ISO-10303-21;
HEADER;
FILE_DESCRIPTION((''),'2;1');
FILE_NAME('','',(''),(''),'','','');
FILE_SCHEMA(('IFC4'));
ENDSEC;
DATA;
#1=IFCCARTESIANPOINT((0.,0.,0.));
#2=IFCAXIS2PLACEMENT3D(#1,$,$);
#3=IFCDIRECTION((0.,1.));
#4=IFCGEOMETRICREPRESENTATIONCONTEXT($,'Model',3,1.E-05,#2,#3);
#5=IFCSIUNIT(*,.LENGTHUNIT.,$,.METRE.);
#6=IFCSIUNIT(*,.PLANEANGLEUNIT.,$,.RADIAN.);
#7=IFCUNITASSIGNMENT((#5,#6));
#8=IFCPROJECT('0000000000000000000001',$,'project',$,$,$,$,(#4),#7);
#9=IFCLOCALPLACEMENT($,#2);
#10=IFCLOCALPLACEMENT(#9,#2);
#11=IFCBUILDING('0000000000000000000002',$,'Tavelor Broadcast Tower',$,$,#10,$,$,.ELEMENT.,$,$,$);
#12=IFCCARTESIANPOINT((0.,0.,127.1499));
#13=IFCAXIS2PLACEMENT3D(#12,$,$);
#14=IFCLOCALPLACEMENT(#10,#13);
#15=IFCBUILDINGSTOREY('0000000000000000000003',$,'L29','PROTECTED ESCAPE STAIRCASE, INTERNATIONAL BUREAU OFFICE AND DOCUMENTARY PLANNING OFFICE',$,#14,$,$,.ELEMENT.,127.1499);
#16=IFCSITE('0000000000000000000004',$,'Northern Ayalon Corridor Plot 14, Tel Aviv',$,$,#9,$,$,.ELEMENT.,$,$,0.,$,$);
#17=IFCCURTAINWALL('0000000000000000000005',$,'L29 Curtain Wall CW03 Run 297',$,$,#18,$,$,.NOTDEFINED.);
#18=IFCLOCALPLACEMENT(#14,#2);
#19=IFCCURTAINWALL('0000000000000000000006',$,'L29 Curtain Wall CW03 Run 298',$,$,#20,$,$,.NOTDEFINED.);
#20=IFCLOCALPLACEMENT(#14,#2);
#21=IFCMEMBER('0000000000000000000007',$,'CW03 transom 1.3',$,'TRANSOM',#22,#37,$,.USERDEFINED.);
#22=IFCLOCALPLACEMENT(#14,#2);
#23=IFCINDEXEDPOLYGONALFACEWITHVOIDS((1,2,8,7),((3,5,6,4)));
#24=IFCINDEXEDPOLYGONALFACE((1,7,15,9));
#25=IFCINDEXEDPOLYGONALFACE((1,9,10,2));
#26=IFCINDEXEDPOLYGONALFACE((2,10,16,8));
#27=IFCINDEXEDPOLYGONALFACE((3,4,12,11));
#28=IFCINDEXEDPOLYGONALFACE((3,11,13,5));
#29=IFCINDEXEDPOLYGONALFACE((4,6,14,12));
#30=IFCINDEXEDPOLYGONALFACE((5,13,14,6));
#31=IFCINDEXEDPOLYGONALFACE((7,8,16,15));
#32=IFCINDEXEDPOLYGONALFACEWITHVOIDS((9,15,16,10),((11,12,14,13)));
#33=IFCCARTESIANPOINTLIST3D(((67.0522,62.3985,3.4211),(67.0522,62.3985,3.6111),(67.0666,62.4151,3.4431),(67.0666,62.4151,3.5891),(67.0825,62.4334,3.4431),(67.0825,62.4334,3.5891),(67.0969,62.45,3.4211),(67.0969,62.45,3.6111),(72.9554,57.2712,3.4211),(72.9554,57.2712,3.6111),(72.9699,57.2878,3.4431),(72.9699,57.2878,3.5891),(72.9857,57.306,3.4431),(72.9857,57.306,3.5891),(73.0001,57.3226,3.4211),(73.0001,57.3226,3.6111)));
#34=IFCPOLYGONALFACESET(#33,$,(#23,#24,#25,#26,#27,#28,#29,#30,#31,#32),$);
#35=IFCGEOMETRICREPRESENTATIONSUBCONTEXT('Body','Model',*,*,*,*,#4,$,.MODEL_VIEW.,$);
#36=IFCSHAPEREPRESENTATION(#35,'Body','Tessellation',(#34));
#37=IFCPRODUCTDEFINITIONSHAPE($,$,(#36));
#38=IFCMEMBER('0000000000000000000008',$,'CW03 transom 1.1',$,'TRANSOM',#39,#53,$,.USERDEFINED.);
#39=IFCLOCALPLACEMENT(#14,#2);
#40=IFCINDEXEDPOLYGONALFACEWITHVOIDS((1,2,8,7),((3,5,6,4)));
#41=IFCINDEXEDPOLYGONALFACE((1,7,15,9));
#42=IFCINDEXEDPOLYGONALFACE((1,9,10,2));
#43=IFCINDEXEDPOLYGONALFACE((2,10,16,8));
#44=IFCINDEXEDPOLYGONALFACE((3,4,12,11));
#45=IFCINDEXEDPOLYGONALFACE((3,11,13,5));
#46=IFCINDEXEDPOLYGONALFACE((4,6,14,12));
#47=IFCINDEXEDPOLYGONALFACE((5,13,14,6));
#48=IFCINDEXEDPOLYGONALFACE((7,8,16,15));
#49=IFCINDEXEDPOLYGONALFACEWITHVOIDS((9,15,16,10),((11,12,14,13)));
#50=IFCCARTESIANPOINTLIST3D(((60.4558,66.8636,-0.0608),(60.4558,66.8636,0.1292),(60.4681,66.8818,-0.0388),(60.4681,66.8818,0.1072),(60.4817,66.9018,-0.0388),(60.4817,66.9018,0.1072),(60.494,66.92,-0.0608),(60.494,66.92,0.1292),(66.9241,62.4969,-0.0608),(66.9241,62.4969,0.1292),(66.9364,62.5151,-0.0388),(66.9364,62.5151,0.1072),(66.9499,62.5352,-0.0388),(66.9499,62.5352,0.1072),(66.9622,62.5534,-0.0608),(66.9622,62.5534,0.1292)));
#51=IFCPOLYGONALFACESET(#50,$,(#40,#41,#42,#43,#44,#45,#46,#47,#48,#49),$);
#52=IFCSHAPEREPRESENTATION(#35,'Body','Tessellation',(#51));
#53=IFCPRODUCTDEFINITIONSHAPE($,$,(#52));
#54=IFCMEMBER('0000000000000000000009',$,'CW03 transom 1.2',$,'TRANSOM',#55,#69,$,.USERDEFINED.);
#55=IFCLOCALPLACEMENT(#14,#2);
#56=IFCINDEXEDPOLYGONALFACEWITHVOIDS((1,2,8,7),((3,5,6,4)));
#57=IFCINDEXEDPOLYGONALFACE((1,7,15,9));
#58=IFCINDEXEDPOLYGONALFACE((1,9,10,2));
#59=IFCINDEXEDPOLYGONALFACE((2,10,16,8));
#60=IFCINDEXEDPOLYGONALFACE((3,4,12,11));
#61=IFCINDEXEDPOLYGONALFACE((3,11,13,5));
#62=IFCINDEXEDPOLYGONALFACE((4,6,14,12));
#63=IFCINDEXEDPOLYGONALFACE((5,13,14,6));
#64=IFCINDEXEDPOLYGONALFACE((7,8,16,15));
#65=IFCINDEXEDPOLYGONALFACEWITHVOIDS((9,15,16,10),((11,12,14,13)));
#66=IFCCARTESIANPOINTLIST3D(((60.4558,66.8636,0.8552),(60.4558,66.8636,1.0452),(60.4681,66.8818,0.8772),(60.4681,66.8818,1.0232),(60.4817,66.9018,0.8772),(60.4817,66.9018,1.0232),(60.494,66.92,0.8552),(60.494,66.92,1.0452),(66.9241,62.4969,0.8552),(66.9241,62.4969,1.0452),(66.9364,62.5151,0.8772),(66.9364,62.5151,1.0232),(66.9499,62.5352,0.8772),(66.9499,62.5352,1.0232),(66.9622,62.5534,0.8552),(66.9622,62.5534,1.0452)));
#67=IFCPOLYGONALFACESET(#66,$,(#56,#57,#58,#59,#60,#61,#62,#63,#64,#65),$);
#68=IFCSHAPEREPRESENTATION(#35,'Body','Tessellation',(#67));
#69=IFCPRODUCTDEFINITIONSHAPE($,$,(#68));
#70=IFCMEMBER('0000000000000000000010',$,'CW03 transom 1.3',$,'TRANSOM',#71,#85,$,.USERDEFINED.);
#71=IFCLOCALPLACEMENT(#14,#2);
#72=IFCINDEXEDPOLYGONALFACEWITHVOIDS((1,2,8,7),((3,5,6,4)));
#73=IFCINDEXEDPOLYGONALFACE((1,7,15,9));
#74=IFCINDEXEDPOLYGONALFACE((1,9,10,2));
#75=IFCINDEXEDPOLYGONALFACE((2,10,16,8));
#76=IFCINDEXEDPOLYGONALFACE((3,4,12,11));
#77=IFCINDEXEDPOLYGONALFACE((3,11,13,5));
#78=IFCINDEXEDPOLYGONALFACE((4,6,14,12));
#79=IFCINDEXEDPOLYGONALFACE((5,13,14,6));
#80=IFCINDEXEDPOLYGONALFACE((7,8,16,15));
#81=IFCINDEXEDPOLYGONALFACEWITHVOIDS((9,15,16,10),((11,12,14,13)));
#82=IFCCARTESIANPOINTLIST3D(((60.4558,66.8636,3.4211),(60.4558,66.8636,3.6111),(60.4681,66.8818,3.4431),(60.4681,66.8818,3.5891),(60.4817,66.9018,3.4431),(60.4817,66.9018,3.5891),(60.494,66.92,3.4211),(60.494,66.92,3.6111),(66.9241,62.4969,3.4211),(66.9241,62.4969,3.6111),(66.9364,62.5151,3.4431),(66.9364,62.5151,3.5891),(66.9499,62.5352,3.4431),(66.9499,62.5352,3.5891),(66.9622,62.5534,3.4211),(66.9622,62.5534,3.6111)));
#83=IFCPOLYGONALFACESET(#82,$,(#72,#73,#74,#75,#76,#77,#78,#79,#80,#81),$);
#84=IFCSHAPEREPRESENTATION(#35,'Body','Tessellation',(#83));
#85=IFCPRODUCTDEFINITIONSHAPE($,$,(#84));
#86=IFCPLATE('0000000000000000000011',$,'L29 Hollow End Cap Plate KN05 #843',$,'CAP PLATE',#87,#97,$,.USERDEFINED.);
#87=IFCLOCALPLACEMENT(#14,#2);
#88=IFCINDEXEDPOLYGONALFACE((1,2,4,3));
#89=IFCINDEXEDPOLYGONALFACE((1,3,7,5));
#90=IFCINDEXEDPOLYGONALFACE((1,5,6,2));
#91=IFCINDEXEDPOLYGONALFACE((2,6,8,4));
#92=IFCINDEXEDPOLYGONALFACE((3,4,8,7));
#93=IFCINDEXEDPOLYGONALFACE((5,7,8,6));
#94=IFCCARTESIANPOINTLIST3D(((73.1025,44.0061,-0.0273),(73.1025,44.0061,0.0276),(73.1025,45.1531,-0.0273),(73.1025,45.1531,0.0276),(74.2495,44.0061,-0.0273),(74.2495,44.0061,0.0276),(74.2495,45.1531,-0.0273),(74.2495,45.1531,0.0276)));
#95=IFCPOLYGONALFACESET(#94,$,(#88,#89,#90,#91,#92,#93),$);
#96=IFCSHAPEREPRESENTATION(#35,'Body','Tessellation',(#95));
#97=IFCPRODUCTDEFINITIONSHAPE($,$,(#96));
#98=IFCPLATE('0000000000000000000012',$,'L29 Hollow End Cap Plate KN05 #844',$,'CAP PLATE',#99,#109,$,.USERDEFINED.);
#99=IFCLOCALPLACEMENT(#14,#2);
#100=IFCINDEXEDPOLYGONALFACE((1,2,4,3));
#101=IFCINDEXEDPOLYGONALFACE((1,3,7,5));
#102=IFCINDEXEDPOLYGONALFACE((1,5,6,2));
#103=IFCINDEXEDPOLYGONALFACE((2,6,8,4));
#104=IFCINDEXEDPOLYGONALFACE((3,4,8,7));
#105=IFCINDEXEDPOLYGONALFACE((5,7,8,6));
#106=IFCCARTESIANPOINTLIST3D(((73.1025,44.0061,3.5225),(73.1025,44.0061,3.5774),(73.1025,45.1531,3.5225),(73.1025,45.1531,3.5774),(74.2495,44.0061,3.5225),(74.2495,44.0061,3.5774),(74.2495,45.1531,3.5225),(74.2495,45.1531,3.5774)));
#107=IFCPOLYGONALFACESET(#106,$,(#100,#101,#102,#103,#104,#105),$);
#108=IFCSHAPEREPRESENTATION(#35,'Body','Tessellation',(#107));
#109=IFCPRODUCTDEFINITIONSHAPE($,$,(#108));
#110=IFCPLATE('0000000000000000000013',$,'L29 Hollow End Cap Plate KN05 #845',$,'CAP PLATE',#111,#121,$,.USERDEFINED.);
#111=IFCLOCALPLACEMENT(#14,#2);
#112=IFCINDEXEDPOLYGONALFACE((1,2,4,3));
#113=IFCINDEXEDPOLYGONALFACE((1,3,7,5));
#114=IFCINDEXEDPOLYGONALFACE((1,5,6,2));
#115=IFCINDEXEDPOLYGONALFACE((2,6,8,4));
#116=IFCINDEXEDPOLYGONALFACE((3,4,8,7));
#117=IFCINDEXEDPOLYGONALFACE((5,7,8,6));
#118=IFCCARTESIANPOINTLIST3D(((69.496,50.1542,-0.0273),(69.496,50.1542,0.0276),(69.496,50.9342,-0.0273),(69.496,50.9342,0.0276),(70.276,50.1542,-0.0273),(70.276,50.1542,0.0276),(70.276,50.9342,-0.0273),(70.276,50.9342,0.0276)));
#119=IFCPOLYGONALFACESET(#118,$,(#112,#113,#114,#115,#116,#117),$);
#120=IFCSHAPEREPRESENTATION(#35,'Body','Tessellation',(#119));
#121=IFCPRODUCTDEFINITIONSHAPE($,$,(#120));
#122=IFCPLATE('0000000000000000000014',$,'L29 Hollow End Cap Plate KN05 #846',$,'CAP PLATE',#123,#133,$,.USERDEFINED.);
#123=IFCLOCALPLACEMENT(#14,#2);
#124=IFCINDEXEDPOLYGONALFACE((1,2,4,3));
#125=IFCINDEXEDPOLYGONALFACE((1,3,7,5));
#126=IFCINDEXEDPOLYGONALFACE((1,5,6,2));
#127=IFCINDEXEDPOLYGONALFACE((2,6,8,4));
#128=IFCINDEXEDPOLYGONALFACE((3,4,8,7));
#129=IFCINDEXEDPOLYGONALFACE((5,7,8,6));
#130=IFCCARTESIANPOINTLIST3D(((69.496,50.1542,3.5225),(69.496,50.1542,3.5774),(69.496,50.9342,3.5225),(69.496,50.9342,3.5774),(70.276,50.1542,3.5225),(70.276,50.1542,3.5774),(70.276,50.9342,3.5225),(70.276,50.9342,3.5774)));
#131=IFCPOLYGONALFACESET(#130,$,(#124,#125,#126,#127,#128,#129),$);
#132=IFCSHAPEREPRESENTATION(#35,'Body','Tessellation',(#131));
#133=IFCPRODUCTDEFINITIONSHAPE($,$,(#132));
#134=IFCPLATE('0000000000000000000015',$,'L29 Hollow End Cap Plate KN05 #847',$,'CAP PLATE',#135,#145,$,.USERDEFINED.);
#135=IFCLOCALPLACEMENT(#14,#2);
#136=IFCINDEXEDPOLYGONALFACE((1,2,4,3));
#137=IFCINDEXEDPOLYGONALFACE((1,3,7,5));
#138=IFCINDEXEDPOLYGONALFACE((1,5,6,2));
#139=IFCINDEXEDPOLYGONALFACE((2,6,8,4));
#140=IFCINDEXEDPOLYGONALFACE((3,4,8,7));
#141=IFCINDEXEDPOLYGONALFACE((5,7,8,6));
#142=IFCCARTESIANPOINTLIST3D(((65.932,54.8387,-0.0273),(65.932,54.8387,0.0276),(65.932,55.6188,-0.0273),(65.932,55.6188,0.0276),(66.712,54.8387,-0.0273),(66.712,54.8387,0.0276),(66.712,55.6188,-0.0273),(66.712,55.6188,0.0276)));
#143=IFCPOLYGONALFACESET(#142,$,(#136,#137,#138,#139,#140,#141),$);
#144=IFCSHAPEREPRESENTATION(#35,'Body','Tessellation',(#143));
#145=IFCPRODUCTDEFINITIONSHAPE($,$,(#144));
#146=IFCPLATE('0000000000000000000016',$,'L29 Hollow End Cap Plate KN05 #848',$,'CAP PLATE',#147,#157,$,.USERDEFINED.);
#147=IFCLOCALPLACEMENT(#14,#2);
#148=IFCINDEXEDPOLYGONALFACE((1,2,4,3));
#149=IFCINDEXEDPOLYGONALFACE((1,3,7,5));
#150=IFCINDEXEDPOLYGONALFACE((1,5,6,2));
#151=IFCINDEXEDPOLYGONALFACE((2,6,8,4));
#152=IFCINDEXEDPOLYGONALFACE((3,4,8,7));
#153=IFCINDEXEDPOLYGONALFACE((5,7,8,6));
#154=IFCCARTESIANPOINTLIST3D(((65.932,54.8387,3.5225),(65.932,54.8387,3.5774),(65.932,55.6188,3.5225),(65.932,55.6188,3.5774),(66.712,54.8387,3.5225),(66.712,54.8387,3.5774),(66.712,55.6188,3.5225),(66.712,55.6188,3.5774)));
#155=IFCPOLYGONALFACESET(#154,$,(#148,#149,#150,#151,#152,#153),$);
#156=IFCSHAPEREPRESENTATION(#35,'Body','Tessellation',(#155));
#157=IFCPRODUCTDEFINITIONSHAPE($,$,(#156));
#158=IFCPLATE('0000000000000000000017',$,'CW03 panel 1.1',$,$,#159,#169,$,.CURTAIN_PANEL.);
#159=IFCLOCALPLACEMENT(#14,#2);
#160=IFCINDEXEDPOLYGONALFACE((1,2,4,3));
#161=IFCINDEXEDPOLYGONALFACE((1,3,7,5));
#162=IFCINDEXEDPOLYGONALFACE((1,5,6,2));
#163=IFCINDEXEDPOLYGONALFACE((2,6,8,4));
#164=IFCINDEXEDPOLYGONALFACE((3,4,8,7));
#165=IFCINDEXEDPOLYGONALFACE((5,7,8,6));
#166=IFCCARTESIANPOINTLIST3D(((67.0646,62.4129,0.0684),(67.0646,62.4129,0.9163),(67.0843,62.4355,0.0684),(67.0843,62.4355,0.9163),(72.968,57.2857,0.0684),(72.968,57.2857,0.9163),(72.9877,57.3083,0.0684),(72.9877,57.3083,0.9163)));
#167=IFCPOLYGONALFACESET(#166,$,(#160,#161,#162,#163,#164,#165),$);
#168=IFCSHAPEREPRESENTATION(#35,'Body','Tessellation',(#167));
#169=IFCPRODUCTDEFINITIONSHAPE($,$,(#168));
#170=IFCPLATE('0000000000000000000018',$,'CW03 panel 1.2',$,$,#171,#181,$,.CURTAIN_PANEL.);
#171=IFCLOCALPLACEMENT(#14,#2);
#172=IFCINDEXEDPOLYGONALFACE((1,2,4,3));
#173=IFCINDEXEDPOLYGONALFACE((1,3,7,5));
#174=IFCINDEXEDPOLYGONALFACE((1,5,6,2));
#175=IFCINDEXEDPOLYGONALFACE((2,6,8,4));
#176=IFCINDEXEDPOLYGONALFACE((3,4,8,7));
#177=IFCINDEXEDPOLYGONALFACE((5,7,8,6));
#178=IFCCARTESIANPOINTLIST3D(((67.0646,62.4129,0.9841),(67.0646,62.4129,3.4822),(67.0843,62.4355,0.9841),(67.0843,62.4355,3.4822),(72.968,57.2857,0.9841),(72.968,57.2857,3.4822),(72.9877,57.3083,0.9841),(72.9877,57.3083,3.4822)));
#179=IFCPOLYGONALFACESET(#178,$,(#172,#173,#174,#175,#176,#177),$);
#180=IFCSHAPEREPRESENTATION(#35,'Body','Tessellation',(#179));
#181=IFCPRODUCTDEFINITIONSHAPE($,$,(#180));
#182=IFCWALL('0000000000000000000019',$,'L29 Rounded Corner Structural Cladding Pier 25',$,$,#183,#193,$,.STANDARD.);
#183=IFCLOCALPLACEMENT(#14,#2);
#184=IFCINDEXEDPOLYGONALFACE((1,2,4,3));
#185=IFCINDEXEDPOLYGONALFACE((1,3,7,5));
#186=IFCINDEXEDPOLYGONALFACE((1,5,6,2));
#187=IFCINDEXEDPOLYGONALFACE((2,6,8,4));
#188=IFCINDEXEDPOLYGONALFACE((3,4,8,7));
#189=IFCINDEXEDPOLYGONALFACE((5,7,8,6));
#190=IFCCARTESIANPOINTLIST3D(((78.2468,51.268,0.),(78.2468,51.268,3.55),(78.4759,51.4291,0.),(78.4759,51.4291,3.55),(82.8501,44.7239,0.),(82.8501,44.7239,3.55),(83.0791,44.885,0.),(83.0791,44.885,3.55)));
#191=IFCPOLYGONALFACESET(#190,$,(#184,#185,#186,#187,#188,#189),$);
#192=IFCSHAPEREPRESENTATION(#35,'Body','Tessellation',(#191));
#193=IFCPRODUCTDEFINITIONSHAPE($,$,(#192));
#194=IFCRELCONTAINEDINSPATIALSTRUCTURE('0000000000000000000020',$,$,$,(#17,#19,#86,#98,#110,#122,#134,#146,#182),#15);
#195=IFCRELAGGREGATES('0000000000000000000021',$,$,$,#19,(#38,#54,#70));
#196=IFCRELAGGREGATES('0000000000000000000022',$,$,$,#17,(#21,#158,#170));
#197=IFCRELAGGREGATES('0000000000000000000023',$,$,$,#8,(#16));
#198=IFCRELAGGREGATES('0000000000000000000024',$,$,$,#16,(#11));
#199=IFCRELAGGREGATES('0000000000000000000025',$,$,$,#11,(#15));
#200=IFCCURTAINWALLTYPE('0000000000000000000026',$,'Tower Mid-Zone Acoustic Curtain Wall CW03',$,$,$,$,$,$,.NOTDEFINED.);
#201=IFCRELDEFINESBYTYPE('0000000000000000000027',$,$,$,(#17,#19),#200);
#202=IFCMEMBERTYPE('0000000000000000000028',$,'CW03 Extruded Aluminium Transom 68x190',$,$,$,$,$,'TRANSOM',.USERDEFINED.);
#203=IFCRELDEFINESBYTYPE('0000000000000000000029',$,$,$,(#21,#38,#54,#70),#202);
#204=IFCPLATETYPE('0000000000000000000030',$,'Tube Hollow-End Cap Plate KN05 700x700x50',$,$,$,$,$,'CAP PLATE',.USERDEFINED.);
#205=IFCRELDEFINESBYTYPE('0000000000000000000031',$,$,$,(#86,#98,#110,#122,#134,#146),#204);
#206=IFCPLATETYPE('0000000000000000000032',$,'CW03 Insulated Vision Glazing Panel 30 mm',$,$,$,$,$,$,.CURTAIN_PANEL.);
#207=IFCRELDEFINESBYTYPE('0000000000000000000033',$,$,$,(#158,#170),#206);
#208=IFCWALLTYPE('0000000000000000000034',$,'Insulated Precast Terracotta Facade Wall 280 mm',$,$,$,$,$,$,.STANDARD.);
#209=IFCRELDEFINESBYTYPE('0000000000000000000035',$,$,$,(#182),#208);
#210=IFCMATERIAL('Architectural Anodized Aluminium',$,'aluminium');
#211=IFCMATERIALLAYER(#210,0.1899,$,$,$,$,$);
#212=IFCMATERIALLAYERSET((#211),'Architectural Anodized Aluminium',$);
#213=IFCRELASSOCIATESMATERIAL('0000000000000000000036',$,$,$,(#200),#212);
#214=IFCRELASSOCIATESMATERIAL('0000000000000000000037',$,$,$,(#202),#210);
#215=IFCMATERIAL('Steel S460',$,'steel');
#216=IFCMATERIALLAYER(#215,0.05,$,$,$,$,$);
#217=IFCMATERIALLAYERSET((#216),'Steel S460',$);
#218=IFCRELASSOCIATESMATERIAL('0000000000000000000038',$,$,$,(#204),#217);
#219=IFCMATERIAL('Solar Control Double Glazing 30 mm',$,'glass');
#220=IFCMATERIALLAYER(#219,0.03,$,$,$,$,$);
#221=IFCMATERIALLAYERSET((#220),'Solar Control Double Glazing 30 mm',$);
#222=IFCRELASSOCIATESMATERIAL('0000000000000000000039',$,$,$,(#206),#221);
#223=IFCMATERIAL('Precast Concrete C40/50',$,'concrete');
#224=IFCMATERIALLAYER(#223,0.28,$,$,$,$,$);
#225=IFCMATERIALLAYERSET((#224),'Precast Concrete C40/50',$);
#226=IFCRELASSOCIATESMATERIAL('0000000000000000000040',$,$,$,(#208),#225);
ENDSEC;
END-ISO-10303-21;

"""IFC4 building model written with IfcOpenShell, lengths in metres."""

from ifc_helpers import new_model, si_unit, direction, frame, frame_2d, origin, origin_2d, place, context, subcontext, project, spatial, rectangle, hollow_rectangle, extrude, source, transform, mapped, material, layer, layer_set, material_profile, profile_set, type_object, type_shapes, element, aggregate, save


model = new_model("IFC4")

# Units and contexts
model_context = context("Model", 3, precision=1e-05, world=origin(), true_north=direction((0.0, 1.0)))
body_context = subcontext(model_context, "Body", "Model", "MODEL_VIEW")
ifc_project = project(units=[si_unit("LENGTHUNIT", "METRE"), si_unit("PLANEANGLEUNIT", "RADIAN")], contexts=[model_context])

# Site, building, storey
site_placement = place(None, origin())
site = spatial("IfcSite", under=ifc_project, at=site_placement, Name="Northern Ayalon Corridor Plot 14, Tel Aviv", CompositionType="ELEMENT", RefElevation=0.0)
building_placement = place(site_placement, origin())
building = spatial("IfcBuilding", under=site, at=building_placement, Name="Tavelor Broadcast Tower", CompositionType="ELEMENT")
storey_placement = place(building_placement, frame((0.0, 0.0, 127.1499)))
storey = spatial("IfcBuildingStorey", under=building, at=storey_placement, Name="L29", Description="PROTECTED ESCAPE STAIRCASE, INTERNATIONAL BUREAU OFFICE AND DOCUMENTARY PLANNING OFFICE", CompositionType="ELEMENT", Elevation=127.1499)

# Shared definitions
ifc_material_1 = material(Name="Steel S460", Category="steel")

# Curtain wall
ifc_material_2 = material(Name="Architectural Anodized Aluminium", Category="aluminium")
ifc_layer_1 = layer(ifc_material_2, 0.1899)
ifc_layer_set_1 = layer_set([ifc_layer_1], Name="Architectural Anodized Aluminium")
curtain_wall_type = type_object("IfcCurtainWallType", Name="Tower Mid-Zone Acoustic Curtain Wall CW03", PredefinedType="NOTDEFINED", material=ifc_layer_set_1)
curtain_wall_1_placement = place(storey_placement, origin())
curtain_wall_1 = element("IfcCurtainWall", 1, at=curtain_wall_1_placement, inside=storey, type_object=curtain_wall_type, Name="L29 Curtain Wall CW03 Run 297", PredefinedType="NOTDEFINED")

# Curtain wall
curtain_wall_2_placement = place(storey_placement, origin())
curtain_wall_2 = element("IfcCurtainWall", 2, at=curtain_wall_2_placement, inside=storey, type_object=curtain_wall_type, Name="L29 Curtain Wall CW03 Run 298", PredefinedType="NOTDEFINED")

# Members
ifc_material_profile_1 = material_profile(ifc_material_2, hollow_rectangle(XDim=0.0681, YDim=0.1899, WallThickness=0.022, at=origin_2d()), Name="RHS 68x190x22")
ifc_profile_set_1 = profile_set([ifc_material_profile_1], Name="Architectural Anodized Aluminium")
member_type_1 = type_object("IfcMemberType", Name="CW03 Extruded Aluminium Transom 68x190", ElementType="TRANSOM", PredefinedType="USERDEFINED", material=ifc_profile_set_1)
shared_shape_1 = source(origin(), body_context, "Body", "SweptSolid", [
    extrude(hollow_rectangle(XDim=0.0681, YDim=0.1899, WallThickness=0.022, at=origin_2d()), origin(), (0.0, 0.0, 1.0), 7.8191),
])
member_1_placement = place(storey_placement, frame((72.9778, 57.2969, 3.5161), z_axis=(-0.754978, 0.65575, 0.0), x_axis=(-0.65575, -0.754978, 0.0)))
member_1 = element("IfcMember", 3, at=member_1_placement, type_object=member_type_1, Name="CW03 transom 1.3", ObjectType="TRANSOM", PredefinedType="USERDEFINED", context=body_context, shape_type="MappedRepresentation", body=[
    mapped(shared_shape_1, transform((0.0, 0.0, 0.0), scale=1.0)),
])
shared_shape_2 = source(origin(), body_context, "Body", "SweptSolid", [
    extrude(hollow_rectangle(XDim=0.0681, YDim=0.1899, WallThickness=0.022, at=origin_2d()), origin(), (0.0, 0.0, 1.0), 7.8042),
])
type_shapes(member_type_1, [shared_shape_1, shared_shape_2])
member_2_placement = place(storey_placement, frame((66.9431, 62.5251, 0.0342), z_axis=(-0.828812, 0.559528, 0.0), x_axis=(-0.559528, -0.828812, 0.0)))
member_2 = element("IfcMember", 4, at=member_2_placement, type_object=member_type_1, Name="CW03 transom 1.1", ObjectType="TRANSOM", PredefinedType="USERDEFINED", context=body_context, shape_type="MappedRepresentation", body=[
    mapped(shared_shape_2, transform((0.0, 0.0, 0.0), scale=1.0)),
])
member_3_placement = place(storey_placement, frame((66.9431, 62.5251, 0.9502), z_axis=(-0.828812, 0.559528, 0.0), x_axis=(-0.559528, -0.828812, 0.0)))
member_3 = element("IfcMember", 5, at=member_3_placement, type_object=member_type_1, Name="CW03 transom 1.2", ObjectType="TRANSOM", PredefinedType="USERDEFINED", context=body_context, shape_type="MappedRepresentation", body=[
    mapped(shared_shape_2, transform((0.0, 0.0, 0.0), scale=1.0)),
])
member_4_placement = place(storey_placement, frame((66.9431, 62.5251, 3.5161), z_axis=(-0.828812, 0.559528, 0.0), x_axis=(-0.559528, -0.828812, 0.0)))
member_4 = element("IfcMember", 6, at=member_4_placement, type_object=member_type_1, Name="CW03 transom 1.3", ObjectType="TRANSOM", PredefinedType="USERDEFINED", context=body_context, shape_type="MappedRepresentation", body=[
    mapped(shared_shape_2, transform((0.0, 0.0, 0.0), scale=1.0)),
])
aggregate(curtain_wall_2, [member_2, member_3, member_4])

# Plates
ifc_layer_2 = layer(ifc_material_1, 0.05)
ifc_layer_set_2 = layer_set([ifc_layer_2], Name="Steel S460")
plate_type_1 = type_object("IfcPlateType", Name="Tube Hollow-End Cap Plate KN05 700x700x50", ElementType="CAP PLATE", PredefinedType="USERDEFINED", material=ifc_layer_set_2)
shared_shape_3 = source(origin(), body_context, "Body", "SweptSolid", [
    extrude(rectangle(XDim=1.147, YDim=1.147, at=origin_2d()), origin(), (0.0, 0.0, 1.0), 0.0549),
])
for number, where, z_axis, x_axis, name in (
    (7, (73.676, 44.5796, -0.0273), (0.0, 0.0, 1.0), (1.0, 0.0, 0.0), "L29 Hollow End Cap Plate KN05 #843"),
    (8, (73.676, 44.5796, 3.5225), (0.0, 0.0, 1.0), (1.0, 0.0, 0.0), "L29 Hollow End Cap Plate KN05 #844"),
):
    element("IfcPlate", number, at=place(storey_placement, frame(where, z_axis=z_axis, x_axis=x_axis)), inside=storey, type_object=plate_type_1, Name=name, ObjectType="CAP PLATE", PredefinedType="USERDEFINED", context=body_context, shape_type="MappedRepresentation", body=[
        mapped(shared_shape_3, transform((0.0, 0.0, 0.0), scale=1.0)),
    ])
shared_shape_4 = source(origin(), body_context, "Body", "SweptSolid", [
    extrude(rectangle(XDim=0.78, YDim=0.78, at=origin_2d()), origin(), (0.0, 0.0, 1.0), 0.0549),
])
type_shapes(plate_type_1, [shared_shape_3, shared_shape_4])
for number, where, z_axis, x_axis, name in (
    (9, (69.886, 50.5442, -0.0273), (0.0, 0.0, 1.0), (1.0, 0.0, 0.0), "L29 Hollow End Cap Plate KN05 #845"),
    (10, (69.886, 50.5442, 3.5225), (0.0, 0.0, 1.0), (1.0, 0.0, 0.0), "L29 Hollow End Cap Plate KN05 #846"),
    (11, (66.322, 55.2288, -0.0273), (0.0, 0.0, 1.0), (1.0, 0.0, 0.0), "L29 Hollow End Cap Plate KN05 #847"),
    (12, (66.322, 55.2288, 3.5225), (0.0, 0.0, 1.0), (1.0, 0.0, 0.0), "L29 Hollow End Cap Plate KN05 #848"),
):
    element("IfcPlate", number, at=place(storey_placement, frame(where, z_axis=z_axis, x_axis=x_axis)), inside=storey, type_object=plate_type_1, Name=name, ObjectType="CAP PLATE", PredefinedType="USERDEFINED", context=body_context, shape_type="MappedRepresentation", body=[
        mapped(shared_shape_4, transform((0.0, 0.0, 0.0), scale=1.0)),
    ])

# Plates
ifc_material_3 = material(Name="Solar Control Double Glazing 30 mm", Category="glass")
ifc_layer_3 = layer(ifc_material_3, 0.03)
ifc_layer_set_3 = layer_set([ifc_layer_3], Name="Solar Control Double Glazing 30 mm")
plate_type_2 = type_object("IfcPlateType", Name="CW03 Insulated Vision Glazing Panel 30 mm", PredefinedType="CURTAIN_PANEL", material=ifc_layer_set_3)
shared_shape_5 = source(origin(), body_context, "Body", "SweptSolid", [
    extrude(rectangle(XDim=7.8191, YDim=0.03, at=origin_2d()), origin(), (0.0, 0.0, 1.0), 0.8479),
])
plate_1_placement = place(storey_placement, frame((70.0261, 59.8606, 0.0684), z_axis=(0.0, 0.0, 1.0), x_axis=(-0.754997, 0.655728, 0.0)))
plate_1 = element("IfcPlate", 13, at=plate_1_placement, type_object=plate_type_2, Name="CW03 panel 1.1", PredefinedType="CURTAIN_PANEL", context=body_context, shape_type="MappedRepresentation", body=[
    mapped(shared_shape_5, transform((0.0, 0.0, 0.0), scale=1.0)),
])
shared_shape_6 = source(origin(), body_context, "Body", "SweptSolid", [
    extrude(rectangle(XDim=7.8191, YDim=0.03, at=origin_2d()), origin(), (0.0, 0.0, 1.0), 2.498),
])
type_shapes(plate_type_2, [shared_shape_5, shared_shape_6])
plate_2_placement = place(storey_placement, frame((70.0261, 59.8606, 0.9841), z_axis=(0.0, 0.0, 1.0), x_axis=(-0.754997, 0.655728, 0.0)))
plate_2 = element("IfcPlate", 14, at=plate_2_placement, type_object=plate_type_2, Name="CW03 panel 1.2", PredefinedType="CURTAIN_PANEL", context=body_context, shape_type="MappedRepresentation", body=[
    mapped(shared_shape_6, transform((0.0, 0.0, 0.0), scale=1.0)),
])
aggregate(curtain_wall_1, [member_1, plate_1, plate_2])

# Wall
ifc_material_4 = material(Name="Precast Concrete C40/50", Category="concrete")
ifc_layer_4 = layer(ifc_material_4, 0.28)
ifc_layer_set_4 = layer_set([ifc_layer_4], Name="Precast Concrete C40/50")
wall_type = type_object("IfcWallType", Name="Insulated Precast Terracotta Facade Wall 280 mm", PredefinedType="STANDARD", material=ifc_layer_set_4)
wall_1_placement = place(storey_placement, frame((82.9646, 44.8044, 0.0), z_axis=(0.0, 0.0, 1.0), x_axis=(-0.575335, 0.817918, 0.0)))
element("IfcWall", 15, at=wall_1_placement, inside=storey, type_object=wall_type, Name="L29 Rounded Corner Structural Cladding Pier 25", PredefinedType="STANDARD", context=body_context, shape_type="SweptSolid", body=[
    extrude(rectangle(XDim=8.001, YDim=0.28, at=frame_2d((4.0005, 0.0))), origin(), (0.0, 0.0, 1.0), 3.55),
])

save(model, "model.ifc")
